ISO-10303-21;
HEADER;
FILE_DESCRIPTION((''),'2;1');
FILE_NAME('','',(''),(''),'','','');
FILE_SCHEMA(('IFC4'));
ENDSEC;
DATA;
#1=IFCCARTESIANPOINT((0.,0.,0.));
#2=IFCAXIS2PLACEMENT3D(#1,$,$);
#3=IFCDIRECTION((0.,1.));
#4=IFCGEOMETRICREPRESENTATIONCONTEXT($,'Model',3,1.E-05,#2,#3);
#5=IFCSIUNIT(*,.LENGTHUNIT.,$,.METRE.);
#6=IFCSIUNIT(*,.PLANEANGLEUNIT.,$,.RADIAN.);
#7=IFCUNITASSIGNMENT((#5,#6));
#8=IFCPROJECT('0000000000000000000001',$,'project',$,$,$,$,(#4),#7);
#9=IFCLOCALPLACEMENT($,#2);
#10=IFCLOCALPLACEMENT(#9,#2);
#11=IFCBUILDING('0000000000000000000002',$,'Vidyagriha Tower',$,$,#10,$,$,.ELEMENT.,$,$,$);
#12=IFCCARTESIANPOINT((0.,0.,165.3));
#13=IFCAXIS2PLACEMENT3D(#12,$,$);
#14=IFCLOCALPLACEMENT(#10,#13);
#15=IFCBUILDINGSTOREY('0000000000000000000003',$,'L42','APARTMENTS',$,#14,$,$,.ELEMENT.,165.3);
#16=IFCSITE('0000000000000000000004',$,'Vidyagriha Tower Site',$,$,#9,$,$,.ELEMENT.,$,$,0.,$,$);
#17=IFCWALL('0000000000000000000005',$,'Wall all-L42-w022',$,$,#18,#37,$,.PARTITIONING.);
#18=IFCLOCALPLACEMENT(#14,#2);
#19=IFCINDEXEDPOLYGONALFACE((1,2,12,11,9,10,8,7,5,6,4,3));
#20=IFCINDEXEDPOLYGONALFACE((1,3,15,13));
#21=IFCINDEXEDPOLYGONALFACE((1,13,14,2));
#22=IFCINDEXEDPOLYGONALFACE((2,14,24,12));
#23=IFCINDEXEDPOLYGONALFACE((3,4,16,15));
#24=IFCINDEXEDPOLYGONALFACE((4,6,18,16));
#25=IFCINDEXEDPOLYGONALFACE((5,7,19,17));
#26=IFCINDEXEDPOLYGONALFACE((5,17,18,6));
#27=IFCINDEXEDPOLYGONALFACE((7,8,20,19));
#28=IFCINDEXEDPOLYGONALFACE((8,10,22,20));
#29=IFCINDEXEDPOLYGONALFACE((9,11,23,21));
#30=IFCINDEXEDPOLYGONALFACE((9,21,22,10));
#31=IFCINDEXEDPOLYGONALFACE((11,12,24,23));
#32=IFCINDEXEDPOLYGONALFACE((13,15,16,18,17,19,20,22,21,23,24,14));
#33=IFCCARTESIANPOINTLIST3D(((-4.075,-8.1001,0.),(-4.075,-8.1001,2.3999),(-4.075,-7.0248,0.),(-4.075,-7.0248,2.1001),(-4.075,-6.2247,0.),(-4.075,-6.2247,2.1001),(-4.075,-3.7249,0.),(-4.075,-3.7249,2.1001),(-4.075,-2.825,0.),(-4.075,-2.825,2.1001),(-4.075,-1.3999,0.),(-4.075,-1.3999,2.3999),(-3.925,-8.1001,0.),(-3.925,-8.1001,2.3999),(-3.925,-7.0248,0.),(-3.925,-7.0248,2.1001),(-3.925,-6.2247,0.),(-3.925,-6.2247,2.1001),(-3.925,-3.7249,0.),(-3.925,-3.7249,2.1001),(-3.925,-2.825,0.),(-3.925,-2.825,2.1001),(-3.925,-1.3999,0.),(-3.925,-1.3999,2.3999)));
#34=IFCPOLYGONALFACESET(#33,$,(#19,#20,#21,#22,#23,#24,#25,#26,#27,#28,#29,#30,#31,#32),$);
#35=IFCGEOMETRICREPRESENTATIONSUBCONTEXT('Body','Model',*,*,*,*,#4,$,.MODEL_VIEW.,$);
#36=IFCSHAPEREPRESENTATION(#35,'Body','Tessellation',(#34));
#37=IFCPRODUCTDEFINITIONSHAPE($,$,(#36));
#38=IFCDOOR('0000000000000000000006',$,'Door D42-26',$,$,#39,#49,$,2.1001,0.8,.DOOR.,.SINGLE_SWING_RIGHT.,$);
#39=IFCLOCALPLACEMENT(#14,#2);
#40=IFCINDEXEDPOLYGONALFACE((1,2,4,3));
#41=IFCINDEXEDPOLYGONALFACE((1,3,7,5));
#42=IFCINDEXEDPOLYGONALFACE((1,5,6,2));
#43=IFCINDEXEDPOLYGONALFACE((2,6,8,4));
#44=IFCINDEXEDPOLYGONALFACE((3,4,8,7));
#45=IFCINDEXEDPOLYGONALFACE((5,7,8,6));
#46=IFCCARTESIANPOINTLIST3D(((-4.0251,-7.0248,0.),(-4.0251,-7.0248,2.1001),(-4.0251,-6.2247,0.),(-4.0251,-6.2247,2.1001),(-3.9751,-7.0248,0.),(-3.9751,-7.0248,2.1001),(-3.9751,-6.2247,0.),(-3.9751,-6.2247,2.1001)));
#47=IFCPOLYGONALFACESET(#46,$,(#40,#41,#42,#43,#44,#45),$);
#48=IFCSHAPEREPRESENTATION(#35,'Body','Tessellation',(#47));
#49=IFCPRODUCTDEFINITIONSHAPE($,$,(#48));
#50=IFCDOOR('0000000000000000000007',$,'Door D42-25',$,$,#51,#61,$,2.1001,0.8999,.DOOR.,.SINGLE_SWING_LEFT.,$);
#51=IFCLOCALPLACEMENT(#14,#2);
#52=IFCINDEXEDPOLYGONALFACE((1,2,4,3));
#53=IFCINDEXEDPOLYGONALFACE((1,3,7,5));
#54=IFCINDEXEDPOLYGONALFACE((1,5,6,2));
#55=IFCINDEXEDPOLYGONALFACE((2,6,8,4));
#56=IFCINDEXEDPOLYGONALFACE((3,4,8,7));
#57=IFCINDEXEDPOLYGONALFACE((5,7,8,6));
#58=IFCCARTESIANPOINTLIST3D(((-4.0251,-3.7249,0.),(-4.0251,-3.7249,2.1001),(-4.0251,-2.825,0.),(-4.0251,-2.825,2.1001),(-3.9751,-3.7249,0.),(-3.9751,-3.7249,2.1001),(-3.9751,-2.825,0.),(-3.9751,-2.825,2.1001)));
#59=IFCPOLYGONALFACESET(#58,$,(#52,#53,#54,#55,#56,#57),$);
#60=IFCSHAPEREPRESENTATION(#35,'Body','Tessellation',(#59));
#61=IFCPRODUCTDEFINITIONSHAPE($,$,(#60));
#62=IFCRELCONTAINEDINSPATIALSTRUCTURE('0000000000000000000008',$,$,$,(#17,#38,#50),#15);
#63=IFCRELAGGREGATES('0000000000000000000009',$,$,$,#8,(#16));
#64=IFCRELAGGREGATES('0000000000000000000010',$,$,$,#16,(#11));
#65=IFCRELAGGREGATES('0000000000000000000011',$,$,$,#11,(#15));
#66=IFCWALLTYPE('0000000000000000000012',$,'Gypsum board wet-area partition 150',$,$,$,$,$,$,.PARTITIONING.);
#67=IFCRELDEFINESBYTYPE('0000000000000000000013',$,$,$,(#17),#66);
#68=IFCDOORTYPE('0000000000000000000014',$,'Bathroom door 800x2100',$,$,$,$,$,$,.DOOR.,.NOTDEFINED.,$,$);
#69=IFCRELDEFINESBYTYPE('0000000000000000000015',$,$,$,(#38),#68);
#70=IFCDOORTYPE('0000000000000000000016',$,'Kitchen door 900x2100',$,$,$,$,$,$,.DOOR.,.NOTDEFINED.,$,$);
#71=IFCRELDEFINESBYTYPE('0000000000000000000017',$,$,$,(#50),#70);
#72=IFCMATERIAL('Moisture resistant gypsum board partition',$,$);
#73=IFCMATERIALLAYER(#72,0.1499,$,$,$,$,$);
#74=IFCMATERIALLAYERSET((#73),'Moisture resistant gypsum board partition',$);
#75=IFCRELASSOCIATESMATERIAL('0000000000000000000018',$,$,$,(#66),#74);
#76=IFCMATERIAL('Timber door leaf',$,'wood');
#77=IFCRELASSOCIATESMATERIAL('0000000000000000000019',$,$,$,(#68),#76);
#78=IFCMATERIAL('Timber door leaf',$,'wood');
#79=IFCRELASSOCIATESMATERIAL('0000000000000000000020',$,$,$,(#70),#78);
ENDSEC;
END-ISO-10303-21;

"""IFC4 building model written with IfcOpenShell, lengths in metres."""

from ifc_helpers import new_model, si_unit, direction, frame, frame_2d, origin, place, context, subcontext, project, spatial, rectangle, extrude, material, layer, layer_set, type_object, element, fill, save


model = new_model("IFC4")

# Units and contexts
model_context = context("Model", 3, precision=1e-05, world=origin(), true_north=direction((0.0, 1.0)))
body_context = subcontext(model_context, "Body", "Model", "MODEL_VIEW")
ifc_project = project(units=[si_unit("LENGTHUNIT", "METRE"), si_unit("PLANEANGLEUNIT", "RADIAN")], contexts=[model_context])

# Site, building, storey
site_placement = place(None, origin())
site = spatial("IfcSite", under=ifc_project, at=site_placement, Name="Vidyagriha Tower Site", CompositionType="ELEMENT", RefElevation=0.0)
building_placement = place(site_placement, origin())
building = spatial("IfcBuilding", under=site, at=building_placement, Name="Vidyagriha Tower", CompositionType="ELEMENT")
storey_placement = place(building_placement, frame((0.0, 0.0, 165.3)))
storey = spatial("IfcBuildingStorey", under=building, at=storey_placement, Name="L42", Description="APARTMENTS", CompositionType="ELEMENT", Elevation=165.3)

# Wall, openings, doors
ifc_material_1 = material(Name="Moisture resistant gypsum board partition")
ifc_layer_1 = layer(ifc_material_1, 0.1499)
ifc_layer_set_1 = layer_set([ifc_layer_1], Name="Moisture resistant gypsum board partition")
wall_type_1 = type_object("IfcWallType", Name="Gypsum board wet-area partition 150", PredefinedType="PARTITIONING", material=ifc_layer_set_1)
ifc_material_2 = material(Name="Timber door leaf", Category="wood")
door_type_1 = type_object("IfcDoorType", Name="Bathroom door 800x2100", OperationType="NOTDEFINED", PredefinedType="DOOR", material=ifc_material_2)
ifc_material_3 = material(Name="Timber door leaf", Category="wood")
door_type_2 = type_object("IfcDoorType", Name="Kitchen door 900x2100", OperationType="NOTDEFINED", PredefinedType="DOOR", material=ifc_material_3)
wall_1_placement = place(storey_placement, frame((-4.0, -1.3999, 0.0), z_axis=(0.0, 0.0, 1.0), x_axis=(0.0, -1.0, 0.0)))
wall_1 = element("IfcWall", 1, at=wall_1_placement, inside=storey, type_object=wall_type_1, Name="Wall all-L42-w022", PredefinedType="PARTITIONING", context=body_context, shape_type="SweptSolid", body=[
    extrude(rectangle(XDim=6.7002, YDim=0.1499, at=frame_2d((3.3501, 0.0))), origin(), (0.0, 0.0, 1.0), 2.3999),
])
opening_1_placement = place(wall_1_placement, frame((1.425, 0.0, 0.0)))
opening_1 = element("IfcOpeningElement", 2, at=opening_1_placement, cuts=wall_1, PredefinedType="OPENING", context=body_context, shape_type="SweptSolid", body=[
    extrude(rectangle(XDim=0.8999, YDim=2.1001, at=frame_2d((0.45, 1.05))), frame((0.0, 0.085, 0.0), z_axis=(0.0, -1.0, 0.0), x_axis=(1.0, 0.0, 0.0)), (0.0, 0.0, 1.0), 0.1699),
])
opening_2_placement = place(wall_1_placement, frame((4.825, 0.0, 0.0)))
opening_2 = element("IfcOpeningElement", 3, at=opening_2_placement, cuts=wall_1, PredefinedType="OPENING", context=body_context, shape_type="SweptSolid", body=[
    extrude(rectangle(XDim=0.8, YDim=2.1001, at=frame_2d((0.3999, 1.05))), frame((0.0, 0.085, 0.0), z_axis=(0.0, -1.0, 0.0), x_axis=(1.0, 0.0, 0.0)), (0.0, 0.0, 1.0), 0.1699),
])
door_1_placement = place(opening_2_placement, origin())
door_1 = element("IfcDoor", 4, at=door_1_placement, inside=storey, type_object=door_type_1, Name="Door D42-26", OperationType="SINGLE_SWING_RIGHT", OverallHeight=2.1001, OverallWidth=0.8, PredefinedType="DOOR", context=body_context, shape_type="SweptSolid", body=[
    extrude(rectangle(XDim=0.8, YDim=2.1001, at=frame_2d((0.3999, 1.05))), frame((0.0, 0.0249, 0.0), z_axis=(0.0, -1.0, 0.0), x_axis=(1.0, 0.0, 0.0)), (0.0, 0.0, 1.0), 0.05),
])
fill(opening_2, door_1)
door_2_placement = place(opening_1_placement, origin())
door_2 = element("IfcDoor", 5, at=door_2_placement, inside=storey, type_object=door_type_2, Name="Door D42-25", OperationType="SINGLE_SWING_LEFT", OverallHeight=2.1001, OverallWidth=0.8999, PredefinedType="DOOR", context=body_context, shape_type="SweptSolid", body=[
    extrude(rectangle(XDim=0.8999, YDim=2.1001, at=frame_2d((0.45, 1.05))), frame((0.0, 0.0249, 0.0), z_axis=(0.0, -1.0, 0.0), x_axis=(1.0, 0.0, 0.0)), (0.0, 0.0, 1.0), 0.05),
])
fill(opening_1, door_2)

save(model, "model.ifc")
